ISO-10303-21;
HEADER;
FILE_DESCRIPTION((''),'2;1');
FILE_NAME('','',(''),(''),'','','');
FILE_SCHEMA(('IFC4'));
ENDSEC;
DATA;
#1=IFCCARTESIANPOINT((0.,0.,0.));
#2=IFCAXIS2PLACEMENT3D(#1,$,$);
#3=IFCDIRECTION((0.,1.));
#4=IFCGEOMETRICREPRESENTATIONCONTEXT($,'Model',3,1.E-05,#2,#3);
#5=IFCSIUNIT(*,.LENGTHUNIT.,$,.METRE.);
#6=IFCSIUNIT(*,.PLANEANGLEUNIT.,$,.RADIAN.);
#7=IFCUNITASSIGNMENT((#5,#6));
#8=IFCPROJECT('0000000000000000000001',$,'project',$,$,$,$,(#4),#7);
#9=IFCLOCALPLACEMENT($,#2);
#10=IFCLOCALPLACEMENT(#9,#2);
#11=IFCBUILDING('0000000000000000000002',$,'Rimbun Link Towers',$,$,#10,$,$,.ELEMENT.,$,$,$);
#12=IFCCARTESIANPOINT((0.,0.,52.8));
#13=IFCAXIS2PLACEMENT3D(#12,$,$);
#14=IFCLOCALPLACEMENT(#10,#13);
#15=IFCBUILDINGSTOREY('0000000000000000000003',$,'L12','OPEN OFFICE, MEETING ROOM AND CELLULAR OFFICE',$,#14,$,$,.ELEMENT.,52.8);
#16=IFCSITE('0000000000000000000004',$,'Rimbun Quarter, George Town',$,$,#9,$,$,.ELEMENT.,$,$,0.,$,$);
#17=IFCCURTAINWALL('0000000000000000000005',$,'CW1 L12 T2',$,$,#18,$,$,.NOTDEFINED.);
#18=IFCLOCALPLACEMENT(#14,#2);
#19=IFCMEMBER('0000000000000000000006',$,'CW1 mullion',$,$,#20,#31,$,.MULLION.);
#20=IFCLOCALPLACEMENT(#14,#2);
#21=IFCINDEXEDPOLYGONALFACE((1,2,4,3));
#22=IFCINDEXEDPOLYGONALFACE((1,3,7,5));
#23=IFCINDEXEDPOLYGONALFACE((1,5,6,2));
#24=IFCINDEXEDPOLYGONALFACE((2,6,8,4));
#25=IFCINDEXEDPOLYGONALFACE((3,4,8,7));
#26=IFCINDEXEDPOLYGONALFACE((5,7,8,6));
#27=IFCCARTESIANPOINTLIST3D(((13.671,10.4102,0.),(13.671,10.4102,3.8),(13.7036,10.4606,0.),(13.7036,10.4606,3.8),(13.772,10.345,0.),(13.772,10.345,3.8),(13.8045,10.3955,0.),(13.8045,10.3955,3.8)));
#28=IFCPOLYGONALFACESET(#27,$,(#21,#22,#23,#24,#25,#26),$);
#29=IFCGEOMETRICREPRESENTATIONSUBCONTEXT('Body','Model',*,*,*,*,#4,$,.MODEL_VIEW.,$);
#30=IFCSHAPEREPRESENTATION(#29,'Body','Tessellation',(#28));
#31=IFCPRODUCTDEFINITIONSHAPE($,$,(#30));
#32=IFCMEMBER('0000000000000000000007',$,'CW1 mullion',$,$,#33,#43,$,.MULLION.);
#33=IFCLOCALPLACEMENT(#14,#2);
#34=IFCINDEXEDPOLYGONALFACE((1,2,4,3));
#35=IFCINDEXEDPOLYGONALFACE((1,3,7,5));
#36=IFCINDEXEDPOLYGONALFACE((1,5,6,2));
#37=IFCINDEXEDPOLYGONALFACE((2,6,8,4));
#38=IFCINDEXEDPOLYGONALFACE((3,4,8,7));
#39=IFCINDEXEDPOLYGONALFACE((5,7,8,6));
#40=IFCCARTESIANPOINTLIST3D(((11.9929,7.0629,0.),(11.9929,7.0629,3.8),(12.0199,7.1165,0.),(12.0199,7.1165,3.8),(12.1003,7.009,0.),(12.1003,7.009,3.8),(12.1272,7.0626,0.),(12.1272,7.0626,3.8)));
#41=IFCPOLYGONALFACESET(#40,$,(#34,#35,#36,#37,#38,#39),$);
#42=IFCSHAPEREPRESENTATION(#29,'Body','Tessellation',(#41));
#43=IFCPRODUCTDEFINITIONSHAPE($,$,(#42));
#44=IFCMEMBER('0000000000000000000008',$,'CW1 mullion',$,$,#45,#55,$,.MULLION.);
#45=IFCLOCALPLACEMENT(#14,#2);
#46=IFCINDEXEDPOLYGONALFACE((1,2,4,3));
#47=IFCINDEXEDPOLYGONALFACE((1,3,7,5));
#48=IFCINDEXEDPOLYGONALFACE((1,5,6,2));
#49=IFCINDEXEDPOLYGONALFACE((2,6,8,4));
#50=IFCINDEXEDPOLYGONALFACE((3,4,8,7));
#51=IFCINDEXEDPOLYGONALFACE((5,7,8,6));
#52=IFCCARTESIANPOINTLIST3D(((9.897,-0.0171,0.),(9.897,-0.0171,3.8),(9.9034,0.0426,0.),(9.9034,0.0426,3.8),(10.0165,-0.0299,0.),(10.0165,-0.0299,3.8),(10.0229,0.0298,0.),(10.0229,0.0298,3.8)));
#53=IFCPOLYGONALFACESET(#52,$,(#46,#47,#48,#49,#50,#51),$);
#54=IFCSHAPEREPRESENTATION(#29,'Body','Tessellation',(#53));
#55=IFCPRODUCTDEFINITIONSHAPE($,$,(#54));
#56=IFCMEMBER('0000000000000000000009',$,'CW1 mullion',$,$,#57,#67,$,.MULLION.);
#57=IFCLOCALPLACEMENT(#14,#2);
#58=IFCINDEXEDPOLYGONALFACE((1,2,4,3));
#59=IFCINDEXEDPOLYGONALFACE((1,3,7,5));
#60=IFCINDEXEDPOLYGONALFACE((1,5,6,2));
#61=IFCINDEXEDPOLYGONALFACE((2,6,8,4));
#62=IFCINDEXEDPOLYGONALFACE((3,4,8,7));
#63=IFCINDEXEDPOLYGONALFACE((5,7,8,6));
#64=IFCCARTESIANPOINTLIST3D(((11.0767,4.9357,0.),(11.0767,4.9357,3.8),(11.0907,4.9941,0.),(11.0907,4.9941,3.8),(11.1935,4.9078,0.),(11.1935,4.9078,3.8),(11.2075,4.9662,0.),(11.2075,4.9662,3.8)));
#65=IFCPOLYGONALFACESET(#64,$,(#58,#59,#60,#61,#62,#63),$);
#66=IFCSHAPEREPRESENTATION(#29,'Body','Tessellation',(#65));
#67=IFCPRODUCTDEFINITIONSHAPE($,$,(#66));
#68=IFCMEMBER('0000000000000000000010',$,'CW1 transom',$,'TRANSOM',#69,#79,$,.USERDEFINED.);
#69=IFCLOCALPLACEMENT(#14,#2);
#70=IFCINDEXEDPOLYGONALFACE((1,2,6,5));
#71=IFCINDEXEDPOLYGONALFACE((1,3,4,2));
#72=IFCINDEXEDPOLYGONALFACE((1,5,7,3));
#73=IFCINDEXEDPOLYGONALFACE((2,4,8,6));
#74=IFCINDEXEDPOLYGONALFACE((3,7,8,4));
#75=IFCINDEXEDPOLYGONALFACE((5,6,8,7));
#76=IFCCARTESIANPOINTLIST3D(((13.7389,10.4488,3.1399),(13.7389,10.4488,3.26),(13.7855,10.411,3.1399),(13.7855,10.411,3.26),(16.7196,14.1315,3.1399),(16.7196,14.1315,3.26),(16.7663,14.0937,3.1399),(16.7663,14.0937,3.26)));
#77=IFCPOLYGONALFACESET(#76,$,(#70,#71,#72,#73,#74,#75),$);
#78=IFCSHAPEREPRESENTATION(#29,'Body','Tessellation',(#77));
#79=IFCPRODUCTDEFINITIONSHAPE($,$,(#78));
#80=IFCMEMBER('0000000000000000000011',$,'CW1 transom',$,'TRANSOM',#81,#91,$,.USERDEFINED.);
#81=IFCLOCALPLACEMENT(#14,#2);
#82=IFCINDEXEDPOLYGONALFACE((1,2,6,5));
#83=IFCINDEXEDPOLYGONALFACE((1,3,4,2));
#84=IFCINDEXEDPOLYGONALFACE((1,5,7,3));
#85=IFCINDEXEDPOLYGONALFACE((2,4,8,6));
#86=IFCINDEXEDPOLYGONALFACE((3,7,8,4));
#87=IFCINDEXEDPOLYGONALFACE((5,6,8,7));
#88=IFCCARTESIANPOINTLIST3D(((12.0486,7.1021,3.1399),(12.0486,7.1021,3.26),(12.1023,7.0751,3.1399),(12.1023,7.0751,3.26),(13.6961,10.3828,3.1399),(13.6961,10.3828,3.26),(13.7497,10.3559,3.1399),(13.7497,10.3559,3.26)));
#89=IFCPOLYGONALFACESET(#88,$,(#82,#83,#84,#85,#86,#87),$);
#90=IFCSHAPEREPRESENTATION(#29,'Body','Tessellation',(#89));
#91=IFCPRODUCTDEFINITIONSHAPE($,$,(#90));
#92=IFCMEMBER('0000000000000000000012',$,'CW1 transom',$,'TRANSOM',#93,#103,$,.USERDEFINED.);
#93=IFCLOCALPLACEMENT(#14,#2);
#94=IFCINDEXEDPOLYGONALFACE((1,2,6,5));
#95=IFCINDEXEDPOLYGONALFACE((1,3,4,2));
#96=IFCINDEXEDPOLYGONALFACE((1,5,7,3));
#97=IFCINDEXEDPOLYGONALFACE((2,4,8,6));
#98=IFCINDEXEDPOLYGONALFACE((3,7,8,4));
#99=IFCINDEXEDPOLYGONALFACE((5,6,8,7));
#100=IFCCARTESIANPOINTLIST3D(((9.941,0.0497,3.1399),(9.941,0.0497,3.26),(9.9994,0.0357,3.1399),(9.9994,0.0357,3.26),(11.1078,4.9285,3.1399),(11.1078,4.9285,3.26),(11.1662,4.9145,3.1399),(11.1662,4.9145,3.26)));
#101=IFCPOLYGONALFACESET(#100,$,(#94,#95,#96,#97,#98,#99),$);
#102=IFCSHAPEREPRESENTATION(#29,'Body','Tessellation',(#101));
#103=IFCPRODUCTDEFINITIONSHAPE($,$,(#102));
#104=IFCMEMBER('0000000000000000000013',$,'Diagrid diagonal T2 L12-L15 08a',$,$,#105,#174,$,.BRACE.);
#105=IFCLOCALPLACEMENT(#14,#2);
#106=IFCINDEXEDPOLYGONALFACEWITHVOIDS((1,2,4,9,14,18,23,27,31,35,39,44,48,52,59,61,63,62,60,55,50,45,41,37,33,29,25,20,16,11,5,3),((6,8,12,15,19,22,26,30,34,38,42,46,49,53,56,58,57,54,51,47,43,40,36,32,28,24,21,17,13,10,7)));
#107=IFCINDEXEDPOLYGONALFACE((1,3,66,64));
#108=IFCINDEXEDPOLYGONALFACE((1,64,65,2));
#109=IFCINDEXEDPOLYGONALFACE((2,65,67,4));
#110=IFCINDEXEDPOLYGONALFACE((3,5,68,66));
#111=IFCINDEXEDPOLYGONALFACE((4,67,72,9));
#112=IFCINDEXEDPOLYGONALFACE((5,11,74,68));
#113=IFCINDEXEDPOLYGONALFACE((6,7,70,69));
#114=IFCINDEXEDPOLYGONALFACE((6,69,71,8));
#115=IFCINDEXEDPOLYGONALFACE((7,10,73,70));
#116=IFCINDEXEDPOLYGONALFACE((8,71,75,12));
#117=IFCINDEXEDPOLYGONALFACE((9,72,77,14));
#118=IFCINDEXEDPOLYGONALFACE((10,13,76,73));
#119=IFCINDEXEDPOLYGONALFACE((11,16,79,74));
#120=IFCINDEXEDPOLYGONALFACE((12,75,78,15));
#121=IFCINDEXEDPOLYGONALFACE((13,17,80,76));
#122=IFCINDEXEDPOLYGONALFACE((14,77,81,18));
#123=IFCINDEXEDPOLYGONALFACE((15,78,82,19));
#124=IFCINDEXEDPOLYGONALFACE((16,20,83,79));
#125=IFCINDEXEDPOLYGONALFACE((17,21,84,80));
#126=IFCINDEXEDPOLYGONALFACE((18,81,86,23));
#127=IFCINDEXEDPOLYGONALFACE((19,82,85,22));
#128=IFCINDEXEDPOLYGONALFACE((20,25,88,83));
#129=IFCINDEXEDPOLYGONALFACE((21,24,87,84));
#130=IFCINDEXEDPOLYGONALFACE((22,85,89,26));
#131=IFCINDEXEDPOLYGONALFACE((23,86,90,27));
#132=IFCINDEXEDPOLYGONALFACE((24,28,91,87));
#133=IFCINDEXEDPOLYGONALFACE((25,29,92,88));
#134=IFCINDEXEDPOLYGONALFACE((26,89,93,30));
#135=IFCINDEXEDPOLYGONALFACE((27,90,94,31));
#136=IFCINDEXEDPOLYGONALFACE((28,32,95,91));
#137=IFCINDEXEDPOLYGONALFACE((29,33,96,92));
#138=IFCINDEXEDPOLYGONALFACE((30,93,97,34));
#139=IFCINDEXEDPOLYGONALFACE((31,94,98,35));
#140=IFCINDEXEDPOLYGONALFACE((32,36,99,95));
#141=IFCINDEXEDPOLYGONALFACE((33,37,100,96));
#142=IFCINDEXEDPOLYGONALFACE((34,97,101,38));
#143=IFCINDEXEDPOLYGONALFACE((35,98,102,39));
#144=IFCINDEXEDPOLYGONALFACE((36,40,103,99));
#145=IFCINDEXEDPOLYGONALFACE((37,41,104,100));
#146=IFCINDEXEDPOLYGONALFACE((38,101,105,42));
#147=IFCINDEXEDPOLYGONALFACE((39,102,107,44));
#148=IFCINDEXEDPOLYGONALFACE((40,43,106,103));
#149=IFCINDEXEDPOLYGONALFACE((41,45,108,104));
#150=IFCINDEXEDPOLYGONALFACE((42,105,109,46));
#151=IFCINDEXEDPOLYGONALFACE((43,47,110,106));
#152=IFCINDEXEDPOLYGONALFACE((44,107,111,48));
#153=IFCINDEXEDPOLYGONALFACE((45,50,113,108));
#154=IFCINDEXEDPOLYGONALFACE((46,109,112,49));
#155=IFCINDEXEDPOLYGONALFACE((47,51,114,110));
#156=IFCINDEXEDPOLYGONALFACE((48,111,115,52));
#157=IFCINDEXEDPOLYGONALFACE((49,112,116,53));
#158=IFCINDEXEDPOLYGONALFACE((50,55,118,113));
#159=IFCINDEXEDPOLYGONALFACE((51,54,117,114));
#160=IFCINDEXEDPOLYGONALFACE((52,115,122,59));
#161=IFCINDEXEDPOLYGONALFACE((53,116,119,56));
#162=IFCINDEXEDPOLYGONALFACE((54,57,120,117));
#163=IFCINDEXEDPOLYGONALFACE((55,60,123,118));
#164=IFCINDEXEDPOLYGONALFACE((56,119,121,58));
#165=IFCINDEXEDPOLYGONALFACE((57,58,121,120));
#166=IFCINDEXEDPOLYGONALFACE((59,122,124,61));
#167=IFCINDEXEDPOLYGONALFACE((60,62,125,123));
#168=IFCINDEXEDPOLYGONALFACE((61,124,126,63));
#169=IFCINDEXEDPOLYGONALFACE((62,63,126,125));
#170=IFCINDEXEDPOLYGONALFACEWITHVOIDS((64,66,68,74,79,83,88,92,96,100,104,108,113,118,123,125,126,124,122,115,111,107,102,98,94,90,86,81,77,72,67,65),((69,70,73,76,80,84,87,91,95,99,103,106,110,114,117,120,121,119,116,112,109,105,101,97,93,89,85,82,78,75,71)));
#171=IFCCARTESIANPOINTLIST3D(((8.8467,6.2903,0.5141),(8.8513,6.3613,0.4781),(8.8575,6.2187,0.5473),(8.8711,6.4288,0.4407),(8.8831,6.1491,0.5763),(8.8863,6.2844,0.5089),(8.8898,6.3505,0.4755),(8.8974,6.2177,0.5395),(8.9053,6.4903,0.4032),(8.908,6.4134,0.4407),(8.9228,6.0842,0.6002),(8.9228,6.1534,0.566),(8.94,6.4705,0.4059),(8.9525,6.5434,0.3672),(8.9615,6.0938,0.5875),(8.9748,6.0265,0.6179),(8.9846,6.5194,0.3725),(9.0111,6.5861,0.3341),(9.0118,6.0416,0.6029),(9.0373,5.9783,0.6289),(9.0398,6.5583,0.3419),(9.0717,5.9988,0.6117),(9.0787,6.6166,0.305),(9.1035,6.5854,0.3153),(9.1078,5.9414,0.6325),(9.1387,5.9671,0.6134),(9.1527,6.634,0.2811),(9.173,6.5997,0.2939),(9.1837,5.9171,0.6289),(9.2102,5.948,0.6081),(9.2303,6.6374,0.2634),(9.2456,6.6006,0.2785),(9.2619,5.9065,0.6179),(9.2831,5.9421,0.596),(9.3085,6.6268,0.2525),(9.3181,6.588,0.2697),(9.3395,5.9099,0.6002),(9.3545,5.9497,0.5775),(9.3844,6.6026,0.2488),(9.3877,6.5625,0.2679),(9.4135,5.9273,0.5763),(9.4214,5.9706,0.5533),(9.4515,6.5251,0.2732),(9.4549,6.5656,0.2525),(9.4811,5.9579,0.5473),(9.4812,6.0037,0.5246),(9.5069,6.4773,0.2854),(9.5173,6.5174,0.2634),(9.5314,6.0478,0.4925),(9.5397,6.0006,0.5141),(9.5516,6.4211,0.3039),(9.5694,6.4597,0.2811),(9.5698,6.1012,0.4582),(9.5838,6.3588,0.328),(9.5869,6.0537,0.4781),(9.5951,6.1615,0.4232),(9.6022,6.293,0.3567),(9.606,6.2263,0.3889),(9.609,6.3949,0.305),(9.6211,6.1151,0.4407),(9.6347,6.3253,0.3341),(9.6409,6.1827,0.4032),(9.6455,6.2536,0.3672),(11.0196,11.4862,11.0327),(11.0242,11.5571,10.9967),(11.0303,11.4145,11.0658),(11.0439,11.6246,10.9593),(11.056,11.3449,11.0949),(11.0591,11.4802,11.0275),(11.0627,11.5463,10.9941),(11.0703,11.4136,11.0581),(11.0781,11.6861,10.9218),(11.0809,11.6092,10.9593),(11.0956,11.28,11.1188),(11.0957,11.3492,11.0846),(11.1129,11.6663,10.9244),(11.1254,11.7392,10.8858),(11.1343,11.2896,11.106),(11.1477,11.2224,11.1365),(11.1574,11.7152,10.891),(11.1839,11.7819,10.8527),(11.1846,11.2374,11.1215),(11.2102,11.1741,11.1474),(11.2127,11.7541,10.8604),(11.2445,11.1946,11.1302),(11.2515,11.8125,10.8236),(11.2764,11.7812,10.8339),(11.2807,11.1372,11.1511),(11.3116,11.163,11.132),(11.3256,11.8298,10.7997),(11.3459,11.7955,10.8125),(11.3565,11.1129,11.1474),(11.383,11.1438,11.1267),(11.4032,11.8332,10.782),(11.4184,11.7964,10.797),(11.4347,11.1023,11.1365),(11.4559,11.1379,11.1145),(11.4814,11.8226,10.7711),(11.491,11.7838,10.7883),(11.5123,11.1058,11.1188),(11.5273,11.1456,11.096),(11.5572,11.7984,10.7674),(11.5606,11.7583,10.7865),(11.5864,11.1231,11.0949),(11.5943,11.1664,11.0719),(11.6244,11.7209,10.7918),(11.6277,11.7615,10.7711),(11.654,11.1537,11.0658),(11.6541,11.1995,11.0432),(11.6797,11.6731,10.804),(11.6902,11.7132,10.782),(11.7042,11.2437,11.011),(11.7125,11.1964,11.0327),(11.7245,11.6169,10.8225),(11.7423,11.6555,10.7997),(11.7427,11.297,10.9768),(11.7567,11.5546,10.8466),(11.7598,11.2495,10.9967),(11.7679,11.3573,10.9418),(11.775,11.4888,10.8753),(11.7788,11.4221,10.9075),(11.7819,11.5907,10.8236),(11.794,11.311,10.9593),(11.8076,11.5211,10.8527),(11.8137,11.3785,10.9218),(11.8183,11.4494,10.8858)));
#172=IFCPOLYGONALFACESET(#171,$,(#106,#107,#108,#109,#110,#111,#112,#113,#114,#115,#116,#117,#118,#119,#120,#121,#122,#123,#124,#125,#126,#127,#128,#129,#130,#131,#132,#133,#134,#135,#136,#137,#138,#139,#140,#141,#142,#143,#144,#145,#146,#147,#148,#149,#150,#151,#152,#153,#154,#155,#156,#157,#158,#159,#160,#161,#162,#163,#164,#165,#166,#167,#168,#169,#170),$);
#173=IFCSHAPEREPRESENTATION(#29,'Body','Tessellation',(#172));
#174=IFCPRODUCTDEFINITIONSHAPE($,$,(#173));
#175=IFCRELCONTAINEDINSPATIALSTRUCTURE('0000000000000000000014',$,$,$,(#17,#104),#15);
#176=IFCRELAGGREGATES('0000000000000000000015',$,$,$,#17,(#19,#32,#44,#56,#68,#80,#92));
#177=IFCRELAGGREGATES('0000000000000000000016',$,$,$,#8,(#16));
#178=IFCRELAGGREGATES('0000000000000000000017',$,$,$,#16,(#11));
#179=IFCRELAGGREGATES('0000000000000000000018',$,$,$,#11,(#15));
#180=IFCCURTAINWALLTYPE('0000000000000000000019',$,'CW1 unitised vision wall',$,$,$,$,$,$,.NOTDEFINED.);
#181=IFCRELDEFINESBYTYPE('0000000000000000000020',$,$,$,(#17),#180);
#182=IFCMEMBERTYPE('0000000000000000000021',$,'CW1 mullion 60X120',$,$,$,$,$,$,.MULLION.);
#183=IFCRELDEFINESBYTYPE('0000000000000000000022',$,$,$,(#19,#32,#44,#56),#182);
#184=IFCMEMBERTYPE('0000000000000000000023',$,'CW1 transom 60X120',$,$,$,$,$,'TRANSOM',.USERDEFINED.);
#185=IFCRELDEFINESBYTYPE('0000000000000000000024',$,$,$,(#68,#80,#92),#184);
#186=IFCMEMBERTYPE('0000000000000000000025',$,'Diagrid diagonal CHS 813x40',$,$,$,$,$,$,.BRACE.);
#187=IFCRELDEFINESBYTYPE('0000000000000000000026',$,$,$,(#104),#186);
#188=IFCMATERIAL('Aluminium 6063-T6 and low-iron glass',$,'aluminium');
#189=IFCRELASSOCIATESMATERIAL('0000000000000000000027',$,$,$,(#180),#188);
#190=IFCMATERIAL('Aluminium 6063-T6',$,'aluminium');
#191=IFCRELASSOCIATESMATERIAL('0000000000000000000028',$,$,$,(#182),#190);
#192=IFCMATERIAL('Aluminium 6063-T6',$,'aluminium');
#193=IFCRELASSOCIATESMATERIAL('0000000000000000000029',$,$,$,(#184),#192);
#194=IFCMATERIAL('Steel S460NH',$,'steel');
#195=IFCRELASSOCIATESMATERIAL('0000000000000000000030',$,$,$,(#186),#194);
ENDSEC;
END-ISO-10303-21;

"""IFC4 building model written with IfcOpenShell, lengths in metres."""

from ifc_helpers import new_model, si_unit, direction, frame, origin, origin_2d, place, context, subcontext, project, spatial, rectangle, hollow_circle, extrude, material, material_profile, profile_set, type_object, element, aggregate, save


model = new_model("IFC4")

# Units and contexts
model_context = context("Model", 3, precision=1e-05, world=origin(), true_north=direction((0.0, 1.0)))
body_context = subcontext(model_context, "Body", "Model", "MODEL_VIEW")
ifc_project = project(units=[si_unit("LENGTHUNIT", "METRE"), si_unit("PLANEANGLEUNIT", "RADIAN")], contexts=[model_context])

# Site, building, storey
site_placement = place(None, origin())
site = spatial("IfcSite", under=ifc_project, at=site_placement, Name="Rimbun Quarter, George Town", CompositionType="ELEMENT", RefElevation=0.0)
building_placement = place(site_placement, origin())
building = spatial("IfcBuilding", under=site, at=building_placement, Name="Rimbun Link Towers", CompositionType="ELEMENT")
storey_placement = place(building_placement, frame((0.0, 0.0, 52.8)))
storey = spatial("IfcBuildingStorey", under=building, at=storey_placement, Name="L12", Description="OPEN OFFICE, MEETING ROOM AND CELLULAR OFFICE", CompositionType="ELEMENT", Elevation=52.8)

# Curtain wall, members
ifc_material_1 = material(Name="Aluminium 6063-T6 and low-iron glass", Category="aluminium")
curtain_wall_type = type_object("IfcCurtainWallType", Name="CW1 unitised vision wall", PredefinedType="NOTDEFINED", material=ifc_material_1)
curtain_wall_placement = place(storey_placement, origin())
curtain_wall = element("IfcCurtainWall", 1, at=curtain_wall_placement, inside=storey, type_object=curtain_wall_type, Name="CW1 L12 T2", PredefinedType="NOTDEFINED")
ifc_material_2 = material(Name="Aluminium 6063-T6", Category="aluminium")
ifc_material_profile_1 = material_profile(ifc_material_2, rectangle(XDim=0.1201, YDim=0.0601, at=origin_2d()), Name="MULLION 60X120")
ifc_profile_set_1 = profile_set([ifc_material_profile_1], Name="Aluminium 6063-T6")
member_type_1 = type_object("IfcMemberType", Name="CW1 mullion 60X120", PredefinedType="MULLION", material=ifc_profile_set_1)
member_1_placement = place(storey_placement, frame((13.7378, 10.4028, 0.0), z_axis=(0.0, 0.0, 1.0), x_axis=(-0.840311, 0.542105, 0.0)))
member_1 = element("IfcMember", 2, at=member_1_placement, type_object=member_type_1, Name="CW1 mullion", PredefinedType="MULLION", context=body_context, shape_type="SweptSolid", body=[
    extrude(rectangle(XDim=0.1201, YDim=0.0601, at=origin_2d()), origin(), (0.0, 0.0, 1.0), 3.8),
])
member_2_placement = place(storey_placement, frame((12.0601, 7.0627, 0.0), z_axis=(0.0, 0.0, 1.0), x_axis=(-0.893638, 0.448789, 0.0)))
member_2 = element("IfcMember", 3, at=member_2_placement, type_object=member_type_1, Name="CW1 mullion", PredefinedType="MULLION", context=body_context, shape_type="SweptSolid", body=[
    extrude(rectangle(XDim=0.1201, YDim=0.0601, at=origin_2d()), origin(), (0.0, 0.0, 1.0), 3.8),
])
member_3_placement = place(storey_placement, frame((9.96, 0.0063, 0.0), z_axis=(0.0, 0.0, 1.0), x_axis=(-0.994298, 0.10664, 0.0)))
member_3 = element("IfcMember", 4, at=member_3_placement, type_object=member_type_1, Name="CW1 mullion", PredefinedType="MULLION", context=body_context, shape_type="SweptSolid", body=[
    extrude(rectangle(XDim=0.1201, YDim=0.0601, at=origin_2d()), origin(), (0.0, 0.0, 1.0), 3.8),
])
member_4_placement = place(storey_placement, frame((11.1421, 4.9509, 0.0), z_axis=(0.0, 0.0, 1.0), x_axis=(-0.972572, 0.232603, 0.0)))
member_4 = element("IfcMember", 5, at=member_4_placement, type_object=member_type_1, Name="CW1 mullion", PredefinedType="MULLION", context=body_context, shape_type="SweptSolid", body=[
    extrude(rectangle(XDim=0.1201, YDim=0.0601, at=origin_2d()), origin(), (0.0, 0.0, 1.0), 3.8),
])
ifc_material_3 = material(Name="Aluminium 6063-T6", Category="aluminium")
ifc_material_profile_2 = material_profile(ifc_material_3, rectangle(XDim=0.0601, YDim=0.1201, at=origin_2d()), Name="TRANSOM 60X120")
ifc_profile_set_2 = profile_set([ifc_material_profile_2], Name="Aluminium 6063-T6")
member_type_2 = type_object("IfcMemberType", Name="CW1 transom 60X120", ElementType="TRANSOM", PredefinedType="USERDEFINED", material=ifc_profile_set_2)
member_5_placement = place(storey_placement, frame((13.7622, 10.4299, 3.2), z_axis=(0.62914, 0.777292, 0.0), x_axis=(-0.777292, 0.62914, 0.0)))
member_5 = element("IfcMember", 6, at=member_5_placement, type_object=member_type_2, Name="CW1 transom", ObjectType="TRANSOM", PredefinedType="USERDEFINED", context=body_context, shape_type="SweptSolid", body=[
    extrude(rectangle(XDim=0.0601, YDim=0.1201, at=origin_2d()), origin(), (0.0, 0.0, 1.0), 4.7378),
])
member_6_placement = place(storey_placement, frame((12.0754, 7.0886, 3.2), z_axis=(0.448756, 0.893654, 0.0), x_axis=(-0.893654, 0.448756, 0.0)))
member_6 = element("IfcMember", 7, at=member_6_placement, type_object=member_type_2, Name="CW1 transom", ObjectType="TRANSOM", PredefinedType="USERDEFINED", context=body_context, shape_type="SweptSolid", body=[
    extrude(rectangle(XDim=0.0601, YDim=0.1201, at=origin_2d()), origin(), (0.0, 0.0, 1.0), 3.6711),
])
member_7_placement = place(storey_placement, frame((9.9702, 0.0427, 3.2), z_axis=(0.232594, 0.972574, 0.0), x_axis=(-0.972574, 0.232594, 0.0)))
member_7 = element("IfcMember", 8, at=member_7_placement, type_object=member_type_2, Name="CW1 transom", ObjectType="TRANSOM", PredefinedType="USERDEFINED", context=body_context, shape_type="SweptSolid", body=[
    extrude(rectangle(XDim=0.0601, YDim=0.1201, at=origin_2d()), origin(), (0.0, 0.0, 1.0), 5.0164),
])

# Member
ifc_material_4 = material(Name="Steel S460NH", Category="steel")
ifc_material_profile_3 = material_profile(ifc_material_4, hollow_circle(Radius=0.4065, WallThickness=0.04, at=origin_2d()), Name="Diagrid diagonal CHS 813x40")
ifc_profile_set_3 = profile_set([ifc_material_profile_3], Name="Steel S460NH")
member_type_3 = type_object("IfcMemberType", Name="Diagrid diagonal CHS 813x40", PredefinedType="BRACE", material=ifc_profile_set_3)
member_8_placement = place(storey_placement, frame((9.2461, 6.272, 0.4407), z_axis=(0.182112, 0.435474, 0.881588), x_axis=(-0.922576, 0.385816, 0.0)))
element("IfcMember", 9, at=member_8_placement, inside=storey, type_object=member_type_3, Name="Diagrid diagonal T2 L12-L15 08a", PredefinedType="BRACE", context=body_context, shape_type="SweptSolid", body=[
    extrude(hollow_circle(Radius=0.4065, WallThickness=0.04, at=origin_2d()), origin(), (0.0, 0.0, 1.0), 11.9314),
])

aggregate(curtain_wall, [member_1, member_2, member_3, member_4, member_5, member_6, member_7])

save(model, "model.ifc")
